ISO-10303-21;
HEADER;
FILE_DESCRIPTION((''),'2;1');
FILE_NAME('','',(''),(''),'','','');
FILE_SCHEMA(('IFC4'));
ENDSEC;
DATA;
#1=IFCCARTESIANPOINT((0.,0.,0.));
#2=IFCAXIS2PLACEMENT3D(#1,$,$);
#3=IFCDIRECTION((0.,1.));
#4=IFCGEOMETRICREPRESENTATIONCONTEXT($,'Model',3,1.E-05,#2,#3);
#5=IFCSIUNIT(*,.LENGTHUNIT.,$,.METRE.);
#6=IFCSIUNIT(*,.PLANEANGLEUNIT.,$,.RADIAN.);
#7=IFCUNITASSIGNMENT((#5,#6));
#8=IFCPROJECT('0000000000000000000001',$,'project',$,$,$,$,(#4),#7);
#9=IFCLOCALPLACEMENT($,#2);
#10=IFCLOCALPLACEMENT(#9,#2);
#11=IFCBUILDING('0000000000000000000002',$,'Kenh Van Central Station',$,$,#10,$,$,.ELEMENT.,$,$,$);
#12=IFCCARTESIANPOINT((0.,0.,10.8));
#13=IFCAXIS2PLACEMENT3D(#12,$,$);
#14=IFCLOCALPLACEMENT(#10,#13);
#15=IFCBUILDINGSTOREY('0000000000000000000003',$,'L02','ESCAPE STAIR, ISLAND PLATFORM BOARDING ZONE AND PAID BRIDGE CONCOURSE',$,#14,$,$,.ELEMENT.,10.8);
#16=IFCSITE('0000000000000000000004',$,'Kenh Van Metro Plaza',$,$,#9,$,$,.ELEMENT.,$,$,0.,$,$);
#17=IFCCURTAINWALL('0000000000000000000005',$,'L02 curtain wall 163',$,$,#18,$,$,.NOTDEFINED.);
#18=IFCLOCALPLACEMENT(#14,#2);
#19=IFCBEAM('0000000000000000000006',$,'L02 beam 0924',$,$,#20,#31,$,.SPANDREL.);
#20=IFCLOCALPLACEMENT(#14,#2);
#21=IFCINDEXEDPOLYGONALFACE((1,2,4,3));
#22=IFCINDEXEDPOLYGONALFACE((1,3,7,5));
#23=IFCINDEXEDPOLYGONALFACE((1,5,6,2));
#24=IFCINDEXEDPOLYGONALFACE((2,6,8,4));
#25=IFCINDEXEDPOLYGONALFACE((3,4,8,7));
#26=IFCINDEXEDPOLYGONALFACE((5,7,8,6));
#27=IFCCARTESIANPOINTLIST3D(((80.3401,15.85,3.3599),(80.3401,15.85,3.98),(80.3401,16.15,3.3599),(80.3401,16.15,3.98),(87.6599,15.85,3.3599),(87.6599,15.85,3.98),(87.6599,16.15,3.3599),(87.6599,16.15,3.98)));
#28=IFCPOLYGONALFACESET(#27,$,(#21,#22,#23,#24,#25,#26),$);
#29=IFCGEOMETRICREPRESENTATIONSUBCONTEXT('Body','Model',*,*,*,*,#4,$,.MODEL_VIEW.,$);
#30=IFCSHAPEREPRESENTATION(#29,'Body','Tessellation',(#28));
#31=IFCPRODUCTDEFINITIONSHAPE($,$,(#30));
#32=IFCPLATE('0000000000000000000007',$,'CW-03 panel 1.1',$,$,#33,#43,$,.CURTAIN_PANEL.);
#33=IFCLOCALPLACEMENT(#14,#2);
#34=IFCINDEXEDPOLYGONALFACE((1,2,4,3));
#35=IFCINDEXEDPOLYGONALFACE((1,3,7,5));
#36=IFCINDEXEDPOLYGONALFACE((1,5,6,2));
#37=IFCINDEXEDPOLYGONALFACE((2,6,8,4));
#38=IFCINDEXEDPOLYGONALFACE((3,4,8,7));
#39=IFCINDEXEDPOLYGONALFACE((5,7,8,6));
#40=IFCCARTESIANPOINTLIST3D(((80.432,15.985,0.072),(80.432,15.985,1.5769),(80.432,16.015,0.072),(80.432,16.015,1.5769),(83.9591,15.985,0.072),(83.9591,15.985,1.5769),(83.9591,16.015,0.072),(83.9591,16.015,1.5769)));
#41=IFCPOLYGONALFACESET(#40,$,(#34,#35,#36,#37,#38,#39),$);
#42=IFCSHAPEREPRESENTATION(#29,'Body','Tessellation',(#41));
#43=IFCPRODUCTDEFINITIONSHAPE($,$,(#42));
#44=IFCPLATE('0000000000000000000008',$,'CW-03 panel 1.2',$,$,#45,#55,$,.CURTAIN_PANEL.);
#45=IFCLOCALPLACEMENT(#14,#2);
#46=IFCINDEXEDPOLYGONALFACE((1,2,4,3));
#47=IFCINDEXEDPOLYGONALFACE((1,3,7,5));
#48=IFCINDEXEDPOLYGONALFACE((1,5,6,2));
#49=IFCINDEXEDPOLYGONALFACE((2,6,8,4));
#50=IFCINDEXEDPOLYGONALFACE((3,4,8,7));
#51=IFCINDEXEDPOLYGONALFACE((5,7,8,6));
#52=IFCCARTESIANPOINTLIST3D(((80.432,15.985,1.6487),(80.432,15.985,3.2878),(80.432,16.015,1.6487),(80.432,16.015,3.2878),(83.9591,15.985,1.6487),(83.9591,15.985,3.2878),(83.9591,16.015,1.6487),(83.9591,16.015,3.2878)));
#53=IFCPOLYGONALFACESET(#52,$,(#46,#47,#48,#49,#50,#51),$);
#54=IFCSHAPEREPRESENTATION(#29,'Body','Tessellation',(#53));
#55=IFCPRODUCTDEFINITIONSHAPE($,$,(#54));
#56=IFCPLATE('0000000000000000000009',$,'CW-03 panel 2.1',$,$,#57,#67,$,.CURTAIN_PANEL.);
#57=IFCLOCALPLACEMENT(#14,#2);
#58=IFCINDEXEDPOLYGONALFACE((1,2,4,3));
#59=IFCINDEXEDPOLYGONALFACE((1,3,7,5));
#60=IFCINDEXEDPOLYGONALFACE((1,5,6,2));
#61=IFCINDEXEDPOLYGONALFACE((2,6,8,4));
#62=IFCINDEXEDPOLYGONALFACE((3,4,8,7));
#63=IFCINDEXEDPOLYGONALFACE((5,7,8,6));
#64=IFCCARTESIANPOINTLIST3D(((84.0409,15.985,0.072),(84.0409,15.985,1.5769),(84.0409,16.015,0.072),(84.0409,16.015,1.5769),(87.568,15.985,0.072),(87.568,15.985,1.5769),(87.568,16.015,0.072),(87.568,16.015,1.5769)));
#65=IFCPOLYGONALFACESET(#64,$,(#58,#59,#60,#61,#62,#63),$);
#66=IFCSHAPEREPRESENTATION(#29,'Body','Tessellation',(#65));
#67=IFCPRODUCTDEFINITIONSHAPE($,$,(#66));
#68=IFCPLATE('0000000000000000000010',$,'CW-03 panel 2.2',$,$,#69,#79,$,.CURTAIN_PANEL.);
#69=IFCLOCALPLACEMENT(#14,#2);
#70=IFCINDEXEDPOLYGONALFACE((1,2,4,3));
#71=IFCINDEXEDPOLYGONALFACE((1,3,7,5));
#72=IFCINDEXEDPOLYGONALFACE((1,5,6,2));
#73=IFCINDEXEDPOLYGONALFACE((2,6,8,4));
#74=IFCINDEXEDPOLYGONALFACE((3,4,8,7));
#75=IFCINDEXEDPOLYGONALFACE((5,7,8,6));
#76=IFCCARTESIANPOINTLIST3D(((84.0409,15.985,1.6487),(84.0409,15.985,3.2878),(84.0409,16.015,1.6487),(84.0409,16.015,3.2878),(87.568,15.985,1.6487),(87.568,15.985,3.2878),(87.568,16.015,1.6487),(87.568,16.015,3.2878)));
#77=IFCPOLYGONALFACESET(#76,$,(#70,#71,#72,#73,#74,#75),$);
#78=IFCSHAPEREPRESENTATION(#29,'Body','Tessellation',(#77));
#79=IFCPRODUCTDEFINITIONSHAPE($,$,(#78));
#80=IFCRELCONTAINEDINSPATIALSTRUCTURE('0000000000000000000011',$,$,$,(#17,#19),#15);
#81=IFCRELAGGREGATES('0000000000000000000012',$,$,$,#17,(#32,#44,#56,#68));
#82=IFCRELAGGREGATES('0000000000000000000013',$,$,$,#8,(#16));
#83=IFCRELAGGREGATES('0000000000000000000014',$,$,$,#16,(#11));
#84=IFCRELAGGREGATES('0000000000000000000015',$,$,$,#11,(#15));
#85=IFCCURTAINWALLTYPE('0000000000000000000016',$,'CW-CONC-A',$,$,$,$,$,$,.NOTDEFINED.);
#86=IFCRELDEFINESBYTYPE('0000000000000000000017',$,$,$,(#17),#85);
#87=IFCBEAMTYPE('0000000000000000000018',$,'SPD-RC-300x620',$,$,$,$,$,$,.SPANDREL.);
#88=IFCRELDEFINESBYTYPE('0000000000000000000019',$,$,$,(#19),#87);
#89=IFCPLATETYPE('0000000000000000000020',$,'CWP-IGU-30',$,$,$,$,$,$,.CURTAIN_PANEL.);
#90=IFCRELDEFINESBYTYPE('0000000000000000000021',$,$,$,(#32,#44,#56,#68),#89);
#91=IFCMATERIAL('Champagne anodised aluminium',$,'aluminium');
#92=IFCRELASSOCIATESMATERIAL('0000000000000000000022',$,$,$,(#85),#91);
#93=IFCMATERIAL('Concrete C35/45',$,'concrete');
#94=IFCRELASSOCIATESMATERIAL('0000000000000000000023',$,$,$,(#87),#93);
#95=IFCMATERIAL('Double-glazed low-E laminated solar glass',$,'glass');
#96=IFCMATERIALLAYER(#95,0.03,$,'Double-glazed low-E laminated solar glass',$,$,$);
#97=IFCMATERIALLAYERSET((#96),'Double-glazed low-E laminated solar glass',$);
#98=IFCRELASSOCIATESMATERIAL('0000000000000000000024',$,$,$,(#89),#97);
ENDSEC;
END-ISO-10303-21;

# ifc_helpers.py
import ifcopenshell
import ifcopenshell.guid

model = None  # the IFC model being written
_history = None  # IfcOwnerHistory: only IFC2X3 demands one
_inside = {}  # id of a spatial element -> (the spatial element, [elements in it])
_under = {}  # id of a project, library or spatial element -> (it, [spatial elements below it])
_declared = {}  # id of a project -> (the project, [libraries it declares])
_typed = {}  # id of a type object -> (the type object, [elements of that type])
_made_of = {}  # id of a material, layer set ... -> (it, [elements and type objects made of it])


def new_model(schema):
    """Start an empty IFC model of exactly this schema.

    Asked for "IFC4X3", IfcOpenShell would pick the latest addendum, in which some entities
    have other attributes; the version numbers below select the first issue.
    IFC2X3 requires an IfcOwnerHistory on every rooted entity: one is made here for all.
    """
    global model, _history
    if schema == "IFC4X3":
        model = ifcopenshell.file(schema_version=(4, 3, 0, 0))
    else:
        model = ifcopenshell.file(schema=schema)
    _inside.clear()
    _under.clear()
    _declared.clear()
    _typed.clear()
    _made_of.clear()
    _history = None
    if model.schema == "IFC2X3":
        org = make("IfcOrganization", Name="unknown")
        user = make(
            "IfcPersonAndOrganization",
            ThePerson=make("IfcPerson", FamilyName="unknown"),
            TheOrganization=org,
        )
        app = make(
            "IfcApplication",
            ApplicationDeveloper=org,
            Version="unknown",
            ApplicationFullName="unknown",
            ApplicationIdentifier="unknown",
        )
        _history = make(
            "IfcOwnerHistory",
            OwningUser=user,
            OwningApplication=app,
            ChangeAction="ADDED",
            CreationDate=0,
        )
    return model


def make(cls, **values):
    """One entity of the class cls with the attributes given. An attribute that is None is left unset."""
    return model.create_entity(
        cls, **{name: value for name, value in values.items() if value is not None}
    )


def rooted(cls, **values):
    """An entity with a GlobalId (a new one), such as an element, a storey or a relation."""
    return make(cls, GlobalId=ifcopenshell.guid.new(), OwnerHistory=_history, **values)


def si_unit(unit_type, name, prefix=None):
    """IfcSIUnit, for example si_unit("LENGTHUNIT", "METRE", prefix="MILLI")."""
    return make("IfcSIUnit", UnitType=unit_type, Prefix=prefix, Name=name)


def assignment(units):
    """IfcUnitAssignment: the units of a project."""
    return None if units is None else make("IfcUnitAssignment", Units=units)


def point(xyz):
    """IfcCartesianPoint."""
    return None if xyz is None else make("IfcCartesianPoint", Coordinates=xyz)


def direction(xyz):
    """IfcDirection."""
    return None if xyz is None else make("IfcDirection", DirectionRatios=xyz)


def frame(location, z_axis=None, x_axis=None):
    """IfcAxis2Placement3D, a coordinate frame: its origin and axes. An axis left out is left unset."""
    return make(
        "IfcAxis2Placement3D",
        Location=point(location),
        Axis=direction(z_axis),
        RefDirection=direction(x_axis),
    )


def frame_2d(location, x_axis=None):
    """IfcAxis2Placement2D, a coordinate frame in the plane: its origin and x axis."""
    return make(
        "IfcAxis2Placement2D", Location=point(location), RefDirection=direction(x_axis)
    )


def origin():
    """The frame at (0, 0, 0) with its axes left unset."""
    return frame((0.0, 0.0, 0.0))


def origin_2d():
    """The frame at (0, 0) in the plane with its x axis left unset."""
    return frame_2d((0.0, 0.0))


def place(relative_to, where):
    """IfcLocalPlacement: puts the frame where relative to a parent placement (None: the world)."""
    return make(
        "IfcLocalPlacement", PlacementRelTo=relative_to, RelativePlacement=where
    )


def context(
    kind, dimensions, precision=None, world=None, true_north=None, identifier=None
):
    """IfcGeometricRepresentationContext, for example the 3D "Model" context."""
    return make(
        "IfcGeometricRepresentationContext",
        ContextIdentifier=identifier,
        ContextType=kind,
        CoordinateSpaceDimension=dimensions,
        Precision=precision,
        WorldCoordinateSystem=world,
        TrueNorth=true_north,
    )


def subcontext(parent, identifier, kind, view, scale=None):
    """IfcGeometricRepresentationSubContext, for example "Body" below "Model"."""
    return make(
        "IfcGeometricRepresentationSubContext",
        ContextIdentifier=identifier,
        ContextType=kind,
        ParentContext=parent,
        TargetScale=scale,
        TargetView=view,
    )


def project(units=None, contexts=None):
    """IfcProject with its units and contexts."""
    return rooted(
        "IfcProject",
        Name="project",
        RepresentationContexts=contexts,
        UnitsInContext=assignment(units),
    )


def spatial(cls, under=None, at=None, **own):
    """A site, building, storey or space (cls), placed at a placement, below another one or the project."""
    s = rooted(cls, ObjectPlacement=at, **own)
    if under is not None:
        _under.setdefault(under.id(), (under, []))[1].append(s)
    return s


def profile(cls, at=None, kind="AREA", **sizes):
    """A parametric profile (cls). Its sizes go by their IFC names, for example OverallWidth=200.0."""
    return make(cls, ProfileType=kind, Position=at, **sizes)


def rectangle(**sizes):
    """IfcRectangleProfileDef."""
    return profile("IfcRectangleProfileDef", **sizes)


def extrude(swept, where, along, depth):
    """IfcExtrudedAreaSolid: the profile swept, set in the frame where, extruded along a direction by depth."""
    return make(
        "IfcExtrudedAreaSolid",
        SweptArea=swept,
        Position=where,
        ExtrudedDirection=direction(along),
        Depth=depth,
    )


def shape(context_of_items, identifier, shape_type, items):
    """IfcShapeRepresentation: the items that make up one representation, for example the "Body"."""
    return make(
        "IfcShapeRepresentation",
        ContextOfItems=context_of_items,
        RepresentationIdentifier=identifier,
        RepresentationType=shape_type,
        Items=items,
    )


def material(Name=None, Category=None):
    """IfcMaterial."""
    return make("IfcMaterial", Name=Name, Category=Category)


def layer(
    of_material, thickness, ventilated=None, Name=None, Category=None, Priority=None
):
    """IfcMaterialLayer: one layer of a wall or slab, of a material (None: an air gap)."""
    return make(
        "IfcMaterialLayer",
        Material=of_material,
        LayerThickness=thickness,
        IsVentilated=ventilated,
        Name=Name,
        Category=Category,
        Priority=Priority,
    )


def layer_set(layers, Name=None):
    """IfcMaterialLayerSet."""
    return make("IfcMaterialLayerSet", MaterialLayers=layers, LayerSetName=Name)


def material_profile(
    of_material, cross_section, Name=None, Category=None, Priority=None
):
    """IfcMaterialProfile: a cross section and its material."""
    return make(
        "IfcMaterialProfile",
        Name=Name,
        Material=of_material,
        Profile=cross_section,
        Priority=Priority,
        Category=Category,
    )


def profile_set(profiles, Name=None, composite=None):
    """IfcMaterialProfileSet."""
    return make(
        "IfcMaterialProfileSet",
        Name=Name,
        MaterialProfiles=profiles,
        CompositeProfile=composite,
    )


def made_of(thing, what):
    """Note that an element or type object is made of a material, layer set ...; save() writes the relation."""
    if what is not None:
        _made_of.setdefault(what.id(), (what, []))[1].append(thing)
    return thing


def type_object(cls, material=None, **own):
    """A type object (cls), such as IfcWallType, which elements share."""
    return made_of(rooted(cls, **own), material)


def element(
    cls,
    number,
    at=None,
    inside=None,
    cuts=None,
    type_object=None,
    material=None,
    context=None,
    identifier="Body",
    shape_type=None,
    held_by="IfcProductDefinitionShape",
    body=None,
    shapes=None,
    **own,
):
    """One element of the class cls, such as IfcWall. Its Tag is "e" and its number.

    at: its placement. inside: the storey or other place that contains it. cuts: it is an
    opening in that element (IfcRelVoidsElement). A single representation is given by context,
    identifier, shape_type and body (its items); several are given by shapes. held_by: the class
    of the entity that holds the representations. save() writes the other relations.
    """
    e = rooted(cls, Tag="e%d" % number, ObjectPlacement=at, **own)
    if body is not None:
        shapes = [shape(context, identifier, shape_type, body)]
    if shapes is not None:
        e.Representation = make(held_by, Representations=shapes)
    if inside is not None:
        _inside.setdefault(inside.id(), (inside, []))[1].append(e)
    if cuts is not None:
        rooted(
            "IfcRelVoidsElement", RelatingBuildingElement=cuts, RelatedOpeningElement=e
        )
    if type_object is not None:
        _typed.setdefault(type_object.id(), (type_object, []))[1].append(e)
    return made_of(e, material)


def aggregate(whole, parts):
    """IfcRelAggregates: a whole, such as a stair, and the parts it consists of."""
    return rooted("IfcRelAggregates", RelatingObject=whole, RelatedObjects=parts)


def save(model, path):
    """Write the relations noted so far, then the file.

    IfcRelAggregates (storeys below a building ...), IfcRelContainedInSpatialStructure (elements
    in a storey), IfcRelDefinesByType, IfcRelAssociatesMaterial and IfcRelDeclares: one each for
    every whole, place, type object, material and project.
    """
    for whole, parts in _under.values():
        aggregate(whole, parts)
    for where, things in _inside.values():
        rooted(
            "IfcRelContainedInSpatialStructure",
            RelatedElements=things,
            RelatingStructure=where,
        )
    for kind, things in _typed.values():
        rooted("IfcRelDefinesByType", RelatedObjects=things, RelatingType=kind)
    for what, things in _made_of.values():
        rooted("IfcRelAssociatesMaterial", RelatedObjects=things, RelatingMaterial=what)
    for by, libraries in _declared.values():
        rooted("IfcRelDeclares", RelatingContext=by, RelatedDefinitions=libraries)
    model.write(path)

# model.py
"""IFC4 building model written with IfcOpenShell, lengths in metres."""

from ifc_helpers import new_model, si_unit, direction, frame, origin, origin_2d, place, context, subcontext, project, spatial, rectangle, extrude, material, layer, layer_set, material_profile, profile_set, type_object, element, aggregate, save


model = new_model("IFC4")

# Units and contexts
model_context = context("Model", 3, precision=1e-05, world=origin(), true_north=direction((0.0, 1.0)))
body_context = subcontext(model_context, "Body", "Model", "MODEL_VIEW")
ifc_project = project(units=[si_unit("LENGTHUNIT", "METRE"), si_unit("PLANEANGLEUNIT", "RADIAN")], contexts=[model_context])

# Site, building, storey
site_placement = place(None, origin())
site = spatial("IfcSite", under=ifc_project, at=site_placement, Name="Kenh Van Metro Plaza", CompositionType="ELEMENT", RefElevation=0.0)
building_placement = place(site_placement, origin())
building = spatial("IfcBuilding", under=site, at=building_placement, Name="Kenh Van Central Station", CompositionType="ELEMENT")
storey_placement = place(building_placement, frame((0.0, 0.0, 10.8)))
storey = spatial("IfcBuildingStorey", under=building, at=storey_placement, Name="L02", Description="ESCAPE STAIR, ISLAND PLATFORM BOARDING ZONE AND PAID BRIDGE CONCOURSE", CompositionType="ELEMENT", Elevation=10.8)

# Curtain wall
ifc_material_1 = material(Name="Champagne anodised aluminium", Category="aluminium")
curtain_wall_type = type_object("IfcCurtainWallType", Name="CW-CONC-A", PredefinedType="NOTDEFINED", material=ifc_material_1)
curtain_wall_placement = place(storey_placement, origin())
curtain_wall = element("IfcCurtainWall", 1, at=curtain_wall_placement, inside=storey, type_object=curtain_wall_type, Name="L02 curtain wall 163", PredefinedType="NOTDEFINED")

# Beam
ifc_material_2 = material(Name="Concrete C35/45", Category="concrete")
ifc_material_profile_1 = material_profile(ifc_material_2, rectangle(XDim=0.3, YDim=0.6201, at=origin_2d()), Name="RC 300x620")
ifc_profile_set_1 = profile_set([ifc_material_profile_1], Name="Concrete C35/45")
beam_type_1 = type_object("IfcBeamType", Name="SPD-RC-300x620", PredefinedType="SPANDREL", material=ifc_profile_set_1)
beam_placement = place(storey_placement, frame((80.3401, 16.0, 3.6699), z_axis=(1.0, 0.0, 0.0), x_axis=(0.0, 1.0, 0.0)))
element("IfcBeam", 2, at=beam_placement, inside=storey, type_object=beam_type_1, Name="L02 beam 0924", PredefinedType="SPANDREL", context=body_context, shape_type="SweptSolid", body=[
    extrude(rectangle(XDim=0.3, YDim=0.6201, at=origin_2d()), origin(), (0.0, 0.0, 1.0), 7.3198),
])

# Plates
ifc_material_3 = material(Name="Double-glazed low-E laminated solar glass", Category="glass")
ifc_layer = layer(ifc_material_3, 0.03, Name="Double-glazed low-E laminated solar glass")
ifc_layer_set = layer_set([ifc_layer], Name="Double-glazed low-E laminated solar glass")
plate_type = type_object("IfcPlateType", Name="CWP-IGU-30", PredefinedType="CURTAIN_PANEL", material=ifc_layer_set)
plate_1_placement = place(storey_placement, frame((82.1956, 16.0, 0.072), z_axis=(0.0, 0.0, 1.0), x_axis=(1.0, 0.0, 0.0)))
plate_1 = element("IfcPlate", 3, at=plate_1_placement, type_object=plate_type, Name="CW-03 panel 1.1", PredefinedType="CURTAIN_PANEL", context=body_context, shape_type="SweptSolid", body=[
    extrude(rectangle(XDim=3.5271, YDim=0.03, at=origin_2d()), origin(), (0.0, 0.0, 1.0), 1.5049),
])
plate_2_placement = place(storey_placement, frame((82.1956, 16.0, 1.6487), z_axis=(0.0, 0.0, 1.0), x_axis=(1.0, 0.0, 0.0)))
plate_2 = element("IfcPlate", 4, at=plate_2_placement, type_object=plate_type, Name="CW-03 panel 1.2", PredefinedType="CURTAIN_PANEL", context=body_context, shape_type="SweptSolid", body=[
    extrude(rectangle(XDim=3.5271, YDim=0.03, at=origin_2d()), origin(), (0.0, 0.0, 1.0), 1.6392),
])
plate_3_placement = place(storey_placement, frame((85.8044, 16.0, 0.072), z_axis=(0.0, 0.0, 1.0), x_axis=(1.0, 0.0, 0.0)))
plate_3 = element("IfcPlate", 5, at=plate_3_placement, type_object=plate_type, Name="CW-03 panel 2.1", PredefinedType="CURTAIN_PANEL", context=body_context, shape_type="SweptSolid", body=[
    extrude(rectangle(XDim=3.5271, YDim=0.03, at=origin_2d()), origin(), (0.0, 0.0, 1.0), 1.5049),
])
plate_4_placement = place(storey_placement, frame((85.8044, 16.0, 1.6487), z_axis=(0.0, 0.0, 1.0), x_axis=(1.0, 0.0, 0.0)))
plate_4 = element("IfcPlate", 6, at=plate_4_placement, type_object=plate_type, Name="CW-03 panel 2.2", PredefinedType="CURTAIN_PANEL", context=body_context, shape_type="SweptSolid", body=[
    extrude(rectangle(XDim=3.5271, YDim=0.03, at=origin_2d()), origin(), (0.0, 0.0, 1.0), 1.6392),
])
aggregate(curtain_wall, [plate_1, plate_2, plate_3, plate_4])

save(model, "model.ifc")
